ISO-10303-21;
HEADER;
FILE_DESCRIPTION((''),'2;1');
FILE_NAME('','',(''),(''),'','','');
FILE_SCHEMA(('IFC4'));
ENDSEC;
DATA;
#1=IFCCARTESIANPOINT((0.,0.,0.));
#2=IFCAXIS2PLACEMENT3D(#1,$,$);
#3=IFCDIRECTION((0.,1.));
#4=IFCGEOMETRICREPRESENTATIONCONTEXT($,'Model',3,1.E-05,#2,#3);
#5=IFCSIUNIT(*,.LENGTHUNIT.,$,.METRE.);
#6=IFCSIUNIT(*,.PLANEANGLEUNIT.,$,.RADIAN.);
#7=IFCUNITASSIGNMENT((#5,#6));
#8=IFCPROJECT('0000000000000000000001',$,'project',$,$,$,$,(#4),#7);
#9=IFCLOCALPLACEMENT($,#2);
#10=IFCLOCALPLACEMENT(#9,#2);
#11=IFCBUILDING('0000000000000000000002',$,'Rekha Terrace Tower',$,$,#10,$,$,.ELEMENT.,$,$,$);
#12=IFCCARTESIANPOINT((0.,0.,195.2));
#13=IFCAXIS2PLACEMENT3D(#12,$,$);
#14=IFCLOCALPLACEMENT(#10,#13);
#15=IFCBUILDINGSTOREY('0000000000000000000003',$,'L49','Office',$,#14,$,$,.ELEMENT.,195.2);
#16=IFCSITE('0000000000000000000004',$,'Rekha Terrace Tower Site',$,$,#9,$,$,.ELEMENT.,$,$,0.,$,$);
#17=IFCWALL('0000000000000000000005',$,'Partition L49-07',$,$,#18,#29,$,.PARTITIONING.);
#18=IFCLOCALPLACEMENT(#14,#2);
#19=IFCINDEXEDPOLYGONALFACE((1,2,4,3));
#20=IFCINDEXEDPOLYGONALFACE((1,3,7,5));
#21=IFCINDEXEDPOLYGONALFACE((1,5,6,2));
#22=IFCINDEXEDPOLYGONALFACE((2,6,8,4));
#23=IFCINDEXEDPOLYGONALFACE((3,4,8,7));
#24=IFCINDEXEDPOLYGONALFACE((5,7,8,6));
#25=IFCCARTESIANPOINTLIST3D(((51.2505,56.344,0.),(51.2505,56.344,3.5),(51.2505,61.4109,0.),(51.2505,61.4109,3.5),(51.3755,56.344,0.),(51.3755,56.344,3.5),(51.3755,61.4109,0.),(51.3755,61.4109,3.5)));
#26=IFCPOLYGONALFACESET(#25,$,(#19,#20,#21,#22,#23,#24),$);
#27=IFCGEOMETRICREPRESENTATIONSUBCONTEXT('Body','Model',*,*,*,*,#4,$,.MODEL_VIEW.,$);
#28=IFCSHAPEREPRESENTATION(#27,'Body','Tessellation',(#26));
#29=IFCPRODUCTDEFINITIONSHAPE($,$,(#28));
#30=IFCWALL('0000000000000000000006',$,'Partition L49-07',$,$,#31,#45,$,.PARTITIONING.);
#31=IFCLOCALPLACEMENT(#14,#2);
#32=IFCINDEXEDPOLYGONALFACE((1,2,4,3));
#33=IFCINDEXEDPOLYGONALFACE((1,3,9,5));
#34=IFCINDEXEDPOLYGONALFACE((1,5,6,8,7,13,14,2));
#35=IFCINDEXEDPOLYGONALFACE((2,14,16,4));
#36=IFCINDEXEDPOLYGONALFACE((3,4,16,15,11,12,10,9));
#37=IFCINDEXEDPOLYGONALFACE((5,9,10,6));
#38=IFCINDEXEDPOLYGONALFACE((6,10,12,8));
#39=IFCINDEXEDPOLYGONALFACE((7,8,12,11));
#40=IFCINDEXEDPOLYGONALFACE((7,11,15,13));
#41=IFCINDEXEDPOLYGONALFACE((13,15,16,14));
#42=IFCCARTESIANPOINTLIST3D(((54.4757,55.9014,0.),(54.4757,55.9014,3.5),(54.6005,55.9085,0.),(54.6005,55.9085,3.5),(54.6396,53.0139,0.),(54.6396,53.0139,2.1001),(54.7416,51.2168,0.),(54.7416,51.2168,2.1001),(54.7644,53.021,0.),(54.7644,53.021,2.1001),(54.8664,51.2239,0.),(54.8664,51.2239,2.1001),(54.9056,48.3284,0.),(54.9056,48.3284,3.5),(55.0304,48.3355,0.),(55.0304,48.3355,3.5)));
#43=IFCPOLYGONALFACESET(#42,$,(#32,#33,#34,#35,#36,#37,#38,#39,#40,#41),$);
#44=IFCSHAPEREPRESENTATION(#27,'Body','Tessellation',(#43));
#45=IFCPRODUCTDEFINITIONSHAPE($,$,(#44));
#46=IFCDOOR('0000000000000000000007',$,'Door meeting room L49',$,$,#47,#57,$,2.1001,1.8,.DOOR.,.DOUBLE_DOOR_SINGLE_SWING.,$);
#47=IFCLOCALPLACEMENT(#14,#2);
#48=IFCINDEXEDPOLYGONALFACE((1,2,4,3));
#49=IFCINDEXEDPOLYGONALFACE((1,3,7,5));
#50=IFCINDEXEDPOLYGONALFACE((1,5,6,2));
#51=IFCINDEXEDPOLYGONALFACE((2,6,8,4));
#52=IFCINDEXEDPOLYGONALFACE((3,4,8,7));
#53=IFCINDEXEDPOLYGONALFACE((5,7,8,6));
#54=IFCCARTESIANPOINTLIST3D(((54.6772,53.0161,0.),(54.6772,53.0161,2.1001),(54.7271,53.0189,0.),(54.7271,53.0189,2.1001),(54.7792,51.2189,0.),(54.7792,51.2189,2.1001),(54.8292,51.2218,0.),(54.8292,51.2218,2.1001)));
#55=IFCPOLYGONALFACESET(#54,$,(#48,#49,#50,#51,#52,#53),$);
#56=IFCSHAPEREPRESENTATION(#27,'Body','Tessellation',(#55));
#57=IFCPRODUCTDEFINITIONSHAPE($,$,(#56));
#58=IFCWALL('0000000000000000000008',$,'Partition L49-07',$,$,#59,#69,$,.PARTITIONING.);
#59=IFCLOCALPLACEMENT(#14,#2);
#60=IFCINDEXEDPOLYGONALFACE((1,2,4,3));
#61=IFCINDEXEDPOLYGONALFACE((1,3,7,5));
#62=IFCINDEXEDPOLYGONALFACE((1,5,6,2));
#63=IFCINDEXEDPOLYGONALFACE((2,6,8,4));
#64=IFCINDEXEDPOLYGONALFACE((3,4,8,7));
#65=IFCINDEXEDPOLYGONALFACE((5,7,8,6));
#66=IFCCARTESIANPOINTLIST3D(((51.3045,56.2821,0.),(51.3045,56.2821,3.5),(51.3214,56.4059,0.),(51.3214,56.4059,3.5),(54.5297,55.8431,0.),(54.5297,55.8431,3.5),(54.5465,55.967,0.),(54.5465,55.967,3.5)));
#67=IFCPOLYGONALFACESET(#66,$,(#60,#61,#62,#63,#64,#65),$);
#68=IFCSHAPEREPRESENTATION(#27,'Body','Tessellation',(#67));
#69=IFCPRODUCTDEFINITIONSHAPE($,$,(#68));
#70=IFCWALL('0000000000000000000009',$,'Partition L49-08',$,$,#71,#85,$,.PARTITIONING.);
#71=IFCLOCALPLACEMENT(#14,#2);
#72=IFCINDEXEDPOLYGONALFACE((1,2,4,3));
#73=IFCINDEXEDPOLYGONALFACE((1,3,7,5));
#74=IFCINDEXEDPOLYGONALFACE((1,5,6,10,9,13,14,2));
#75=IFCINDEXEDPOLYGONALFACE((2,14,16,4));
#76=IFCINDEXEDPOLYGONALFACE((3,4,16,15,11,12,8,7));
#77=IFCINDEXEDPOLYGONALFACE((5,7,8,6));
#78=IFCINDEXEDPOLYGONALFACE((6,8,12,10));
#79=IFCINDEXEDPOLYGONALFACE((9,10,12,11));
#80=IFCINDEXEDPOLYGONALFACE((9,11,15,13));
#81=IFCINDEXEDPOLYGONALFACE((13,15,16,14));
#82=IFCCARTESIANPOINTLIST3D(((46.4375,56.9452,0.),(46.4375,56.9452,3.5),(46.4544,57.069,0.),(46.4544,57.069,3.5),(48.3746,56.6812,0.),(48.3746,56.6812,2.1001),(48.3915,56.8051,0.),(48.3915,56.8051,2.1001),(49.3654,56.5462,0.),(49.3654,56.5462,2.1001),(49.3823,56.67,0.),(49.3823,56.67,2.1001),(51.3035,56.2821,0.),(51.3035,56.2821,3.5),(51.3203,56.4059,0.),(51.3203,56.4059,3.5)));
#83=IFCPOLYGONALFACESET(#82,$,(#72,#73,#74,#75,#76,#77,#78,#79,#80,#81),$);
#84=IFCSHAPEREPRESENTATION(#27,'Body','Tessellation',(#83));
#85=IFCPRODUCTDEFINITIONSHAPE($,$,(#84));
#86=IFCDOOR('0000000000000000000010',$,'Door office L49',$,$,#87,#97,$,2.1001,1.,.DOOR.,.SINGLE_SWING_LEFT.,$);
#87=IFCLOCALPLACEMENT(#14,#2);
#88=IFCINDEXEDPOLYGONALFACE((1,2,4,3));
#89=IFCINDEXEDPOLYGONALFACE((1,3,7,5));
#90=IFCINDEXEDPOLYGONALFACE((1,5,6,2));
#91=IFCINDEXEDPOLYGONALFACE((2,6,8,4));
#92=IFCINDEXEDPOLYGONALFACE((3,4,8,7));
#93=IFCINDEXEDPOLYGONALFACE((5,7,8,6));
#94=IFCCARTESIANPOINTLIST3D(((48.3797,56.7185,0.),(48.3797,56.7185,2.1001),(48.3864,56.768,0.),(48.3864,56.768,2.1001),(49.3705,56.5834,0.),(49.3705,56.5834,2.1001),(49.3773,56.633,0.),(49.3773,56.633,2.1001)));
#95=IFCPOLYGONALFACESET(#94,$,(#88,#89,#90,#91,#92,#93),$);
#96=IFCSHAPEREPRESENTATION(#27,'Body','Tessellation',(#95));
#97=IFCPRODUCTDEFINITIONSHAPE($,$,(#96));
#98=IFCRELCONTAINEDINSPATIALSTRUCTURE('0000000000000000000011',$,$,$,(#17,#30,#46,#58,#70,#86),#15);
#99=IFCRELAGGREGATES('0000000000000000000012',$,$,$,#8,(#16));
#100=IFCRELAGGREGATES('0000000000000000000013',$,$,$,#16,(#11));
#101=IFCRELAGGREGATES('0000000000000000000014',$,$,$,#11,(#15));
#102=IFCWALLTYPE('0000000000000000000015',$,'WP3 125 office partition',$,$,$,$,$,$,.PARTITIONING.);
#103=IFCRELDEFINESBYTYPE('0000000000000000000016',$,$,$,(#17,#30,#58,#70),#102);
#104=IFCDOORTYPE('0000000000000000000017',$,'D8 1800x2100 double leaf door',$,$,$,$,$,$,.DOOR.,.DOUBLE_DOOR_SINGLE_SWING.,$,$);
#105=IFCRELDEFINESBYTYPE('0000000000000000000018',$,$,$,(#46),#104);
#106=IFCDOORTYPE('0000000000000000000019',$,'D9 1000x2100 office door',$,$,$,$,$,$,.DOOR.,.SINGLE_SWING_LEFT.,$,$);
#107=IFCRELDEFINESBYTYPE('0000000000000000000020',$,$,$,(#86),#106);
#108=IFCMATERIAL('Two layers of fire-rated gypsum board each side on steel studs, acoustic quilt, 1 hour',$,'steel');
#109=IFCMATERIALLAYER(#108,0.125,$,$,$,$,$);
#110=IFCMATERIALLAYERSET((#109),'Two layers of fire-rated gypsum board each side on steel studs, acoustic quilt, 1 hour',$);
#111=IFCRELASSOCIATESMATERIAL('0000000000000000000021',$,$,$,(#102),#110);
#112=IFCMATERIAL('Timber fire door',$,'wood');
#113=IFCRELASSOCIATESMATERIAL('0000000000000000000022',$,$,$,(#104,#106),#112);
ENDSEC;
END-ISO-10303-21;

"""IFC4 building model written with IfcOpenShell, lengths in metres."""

from ifc_helpers import new_model, si_unit, direction, frame, frame_2d, origin, place, context, subcontext, project, spatial, rectangle, extrude, material, layer, layer_set, type_object, element, fill, save


model = new_model("IFC4")

# Units and contexts
model_context = context("Model", 3, precision=1e-05, world=origin(), true_north=direction((0.0, 1.0)))
body_context = subcontext(model_context, "Body", "Model", "MODEL_VIEW")
ifc_project = project(units=[si_unit("LENGTHUNIT", "METRE"), si_unit("PLANEANGLEUNIT", "RADIAN")], contexts=[model_context])

# Site, building, storey
site_placement = place(None, origin())
site = spatial("IfcSite", under=ifc_project, at=site_placement, Name="Rekha Terrace Tower Site", CompositionType="ELEMENT", RefElevation=0.0)
building_placement = place(site_placement, origin())
building = spatial("IfcBuilding", under=site, at=building_placement, Name="Rekha Terrace Tower", CompositionType="ELEMENT")
storey_placement = place(building_placement, frame((0.0, 0.0, 195.2)))
storey = spatial("IfcBuildingStorey", under=building, at=storey_placement, Name="L49", Description="Office", CompositionType="ELEMENT", Elevation=195.2)

# Wall
ifc_material_1 = material(Name="Two layers of fire-rated gypsum board each side on steel studs, acoustic quilt, 1 hour", Category="steel")
ifc_layer_1 = layer(ifc_material_1, 0.125)
ifc_layer_set_1 = layer_set([ifc_layer_1], Name="Two layers of fire-rated gypsum board each side on steel studs, acoustic quilt, 1 hour")
wall_type_1 = type_object("IfcWallType", Name="WP3 125 office partition", PredefinedType="PARTITIONING", material=ifc_layer_set_1)
wall_1_placement = place(storey_placement, frame((51.313, 56.344, 0.0), z_axis=(0.0, 0.0, 1.0), x_axis=(0.0, 1.0, 0.0)))
element("IfcWall", 1, at=wall_1_placement, inside=storey, type_object=wall_type_1, Name="Partition L49-07", PredefinedType="PARTITIONING", context=body_context, shape_type="SweptSolid", body=[
    extrude(rectangle(XDim=5.0669, YDim=0.125, at=frame_2d((2.5334, 0.0))), origin(), (0.0, 0.0, 1.0), 3.5),
])

# Wall, opening, door
wall_2_placement = place(storey_placement, frame((54.968, 48.332, 0.0), z_axis=(0.0, 0.0, 1.0), x_axis=(-0.05668, 0.998392, 0.0)))
wall_2 = element("IfcWall", 2, at=wall_2_placement, inside=storey, type_object=wall_type_1, Name="Partition L49-07", PredefinedType="PARTITIONING", context=body_context, shape_type="SweptSolid", body=[
    extrude(rectangle(XDim=7.5852, YDim=0.125, at=frame_2d((3.7925, 0.0))), origin(), (0.0, 0.0, 1.0), 3.5),
])
opening_1_placement = place(wall_2_placement, frame((2.8931, 0.0, 0.0)))
opening_1 = element("IfcOpeningElement", 3, at=opening_1_placement, cuts=wall_2, PredefinedType="OPENING", context=body_context, shape_type="SweptSolid", body=[
    extrude(rectangle(XDim=1.8, YDim=2.1001, at=frame_2d((0.8999, 1.05))), frame((0.0, 0.0725, 0.0), z_axis=(0.0, -1.0, 0.0), x_axis=(1.0, 0.0, 0.0)), (0.0, 0.0, 1.0), 0.145),
])
ifc_material_2 = material(Name="Timber fire door", Category="wood")
door_type_1 = type_object("IfcDoorType", Name="D8 1800x2100 double leaf door", OperationType="DOUBLE_DOOR_SINGLE_SWING", PredefinedType="DOOR", material=ifc_material_2)
door_1_placement = place(opening_1_placement, origin())
door_1 = element("IfcDoor", 4, at=door_1_placement, inside=storey, type_object=door_type_1, Name="Door meeting room L49", OperationType="DOUBLE_DOOR_SINGLE_SWING", OverallHeight=2.1001, OverallWidth=1.8, PredefinedType="DOOR", context=body_context, shape_type="SweptSolid", body=[
    extrude(rectangle(XDim=1.8, YDim=2.1001, at=frame_2d((0.8999, 1.05))), frame((0.0, 0.0249, 0.0), z_axis=(0.0, -1.0, 0.0), x_axis=(1.0, 0.0, 0.0)), (0.0, 0.0, 1.0), 0.05),
])
fill(opening_1, door_1)

# Wall
wall_3_placement = place(storey_placement, frame((54.5381, 55.905, 0.0), z_axis=(0.0, 0.0, 1.0), x_axis=(-0.990864, 0.134866, 0.0)))
element("IfcWall", 5, at=wall_3_placement, inside=storey, type_object=wall_type_1, Name="Partition L49-07", PredefinedType="PARTITIONING", context=body_context, shape_type="SweptSolid", body=[
    extrude(rectangle(XDim=3.2549, YDim=0.125, at=frame_2d((1.6274, 0.0))), origin(), (0.0, 0.0, 1.0), 3.5),
])

# Wall, opening, door
wall_4_placement = place(storey_placement, frame((51.312, 56.344, 0.0), z_axis=(0.0, 0.0, 1.0), x_axis=(-0.990843, 0.135022, 0.0)))
wall_4 = element("IfcWall", 6, at=wall_4_placement, inside=storey, type_object=wall_type_1, Name="Partition L49-08", PredefinedType="PARTITIONING", context=body_context, shape_type="SweptSolid", body=[
    extrude(rectangle(XDim=4.9109, YDim=0.125, at=frame_2d((2.4556, 0.0))), origin(), (0.0, 0.0, 1.0), 3.5),
])
opening_2_placement = place(wall_4_placement, frame((1.9561, 0.0, 0.0)))
opening_2 = element("IfcOpeningElement", 7, at=opening_2_placement, cuts=wall_4, PredefinedType="OPENING", context=body_context, shape_type="SweptSolid", body=[
    extrude(rectangle(XDim=1.0, YDim=2.1001, at=frame_2d((0.5, 1.05))), frame((0.0, 0.0725, 0.0), z_axis=(0.0, -1.0, 0.0), x_axis=(1.0, 0.0, 0.0)), (0.0, 0.0, 1.0), 0.145),
])
door_type_2 = type_object("IfcDoorType", Name="D9 1000x2100 office door", OperationType="SINGLE_SWING_LEFT", PredefinedType="DOOR", material=ifc_material_2)
door_2_placement = place(opening_2_placement, origin())
door_2 = element("IfcDoor", 8, at=door_2_placement, inside=storey, type_object=door_type_2, Name="Door office L49", OperationType="SINGLE_SWING_LEFT", OverallHeight=2.1001, OverallWidth=1.0, PredefinedType="DOOR", context=body_context, shape_type="SweptSolid", body=[
    extrude(rectangle(XDim=1.0, YDim=2.1001, at=frame_2d((0.5, 1.05))), frame((0.0, 0.0249, 0.0), z_axis=(0.0, -1.0, 0.0), x_axis=(1.0, 0.0, 0.0)), (0.0, 0.0, 1.0), 0.05),
])
fill(opening_2, door_2)

save(model, "model.ifc")
